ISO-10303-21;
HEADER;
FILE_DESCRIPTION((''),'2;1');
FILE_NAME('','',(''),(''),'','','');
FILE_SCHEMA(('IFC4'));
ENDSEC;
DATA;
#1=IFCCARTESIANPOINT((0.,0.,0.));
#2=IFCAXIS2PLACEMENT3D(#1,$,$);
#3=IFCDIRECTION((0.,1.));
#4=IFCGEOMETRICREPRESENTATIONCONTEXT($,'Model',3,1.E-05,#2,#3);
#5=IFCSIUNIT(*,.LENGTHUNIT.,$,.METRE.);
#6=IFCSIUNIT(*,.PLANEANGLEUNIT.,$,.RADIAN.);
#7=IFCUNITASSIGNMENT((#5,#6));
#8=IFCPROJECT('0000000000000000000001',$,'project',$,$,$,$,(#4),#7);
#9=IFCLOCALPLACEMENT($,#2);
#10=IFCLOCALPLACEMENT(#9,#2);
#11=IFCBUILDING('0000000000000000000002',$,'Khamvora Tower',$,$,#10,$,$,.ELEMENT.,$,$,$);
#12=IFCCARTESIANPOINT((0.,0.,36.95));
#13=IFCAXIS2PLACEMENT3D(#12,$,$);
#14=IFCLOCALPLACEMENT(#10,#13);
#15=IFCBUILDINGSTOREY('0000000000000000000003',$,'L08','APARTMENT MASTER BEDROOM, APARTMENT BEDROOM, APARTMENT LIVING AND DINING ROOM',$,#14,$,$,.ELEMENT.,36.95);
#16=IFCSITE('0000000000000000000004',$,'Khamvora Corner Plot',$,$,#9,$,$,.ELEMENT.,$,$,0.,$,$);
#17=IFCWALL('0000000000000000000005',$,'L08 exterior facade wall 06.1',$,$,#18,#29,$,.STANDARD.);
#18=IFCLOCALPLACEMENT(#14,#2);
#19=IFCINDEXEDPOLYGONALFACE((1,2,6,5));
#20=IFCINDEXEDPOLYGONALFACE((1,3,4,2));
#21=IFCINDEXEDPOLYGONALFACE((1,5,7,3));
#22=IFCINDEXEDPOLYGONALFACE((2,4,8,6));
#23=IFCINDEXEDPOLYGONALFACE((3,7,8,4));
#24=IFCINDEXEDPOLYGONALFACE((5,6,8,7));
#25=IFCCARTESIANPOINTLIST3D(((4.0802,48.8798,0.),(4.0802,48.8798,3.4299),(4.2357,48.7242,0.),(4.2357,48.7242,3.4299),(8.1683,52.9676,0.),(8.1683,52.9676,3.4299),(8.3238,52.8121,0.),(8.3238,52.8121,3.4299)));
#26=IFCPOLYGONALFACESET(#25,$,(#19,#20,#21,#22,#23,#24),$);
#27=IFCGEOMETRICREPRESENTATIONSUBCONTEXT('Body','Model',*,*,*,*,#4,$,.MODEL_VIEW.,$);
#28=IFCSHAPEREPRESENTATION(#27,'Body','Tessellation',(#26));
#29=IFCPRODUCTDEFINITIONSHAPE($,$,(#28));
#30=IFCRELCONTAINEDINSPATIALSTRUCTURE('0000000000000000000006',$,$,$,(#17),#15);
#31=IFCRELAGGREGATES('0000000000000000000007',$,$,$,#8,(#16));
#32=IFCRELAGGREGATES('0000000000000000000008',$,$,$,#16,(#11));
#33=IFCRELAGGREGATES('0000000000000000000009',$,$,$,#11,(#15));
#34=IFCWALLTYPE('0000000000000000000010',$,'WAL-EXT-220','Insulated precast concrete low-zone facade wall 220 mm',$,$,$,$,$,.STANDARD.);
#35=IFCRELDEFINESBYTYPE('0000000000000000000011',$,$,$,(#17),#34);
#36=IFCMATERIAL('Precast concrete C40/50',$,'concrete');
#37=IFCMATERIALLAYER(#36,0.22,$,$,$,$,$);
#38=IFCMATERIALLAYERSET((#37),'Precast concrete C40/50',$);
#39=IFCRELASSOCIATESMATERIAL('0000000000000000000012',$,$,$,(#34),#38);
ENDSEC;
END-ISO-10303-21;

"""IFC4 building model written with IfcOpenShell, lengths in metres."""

from ifc_helpers import new_model, si_unit, direction, frame, frame_2d, origin, place, context, subcontext, project, spatial, rectangle, extrude, material, layer, layer_set, type_object, element, save


model = new_model("IFC4")

# Units and contexts
model_context = context("Model", 3, precision=1e-05, world=origin(), true_north=direction((0.0, 1.0)))
body_context = subcontext(model_context, "Body", "Model", "MODEL_VIEW")
ifc_project = project(units=[si_unit("LENGTHUNIT", "METRE"), si_unit("PLANEANGLEUNIT", "RADIAN")], contexts=[model_context])

# Site, building, storey
site_placement = place(None, origin())
site = spatial("IfcSite", under=ifc_project, at=site_placement, Name="Khamvora Corner Plot", CompositionType="ELEMENT", RefElevation=0.0)
building_placement = place(site_placement, origin())
building = spatial("IfcBuilding", under=site, at=building_placement, Name="Khamvora Tower", CompositionType="ELEMENT")
storey_placement = place(building_placement, frame((0.0, 0.0, 36.95)))
storey = spatial("IfcBuildingStorey", under=building, at=storey_placement, Name="L08", Description="APARTMENT MASTER BEDROOM, APARTMENT BEDROOM, APARTMENT LIVING AND DINING ROOM", CompositionType="ELEMENT", Elevation=36.95)

# Wall
ifc_material_1 = material(Name="Precast concrete C40/50", Category="concrete")
ifc_layer_1 = layer(ifc_material_1, 0.22)
ifc_layer_set_1 = layer_set([ifc_layer_1], Name="Precast concrete C40/50")
wall_type_1 = type_object("IfcWallType", Name="WAL-EXT-220", Description="Insulated precast concrete low-zone facade wall 220 mm", PredefinedType="STANDARD", material=ifc_layer_set_1)
wall_1_placement = place(storey_placement, frame((4.158, 48.802, 0.0), z_axis=(0.0, 0.0, 1.0), x_axis=(0.707128, 0.707086, 0.0)))
element("IfcWall", 1, at=wall_1_placement, inside=storey, type_object=wall_type_1, Name="L08 exterior facade wall 06.1", PredefinedType="STANDARD", context=body_context, shape_type="SweptSolid", body=[
    extrude(rectangle(XDim=5.7812, YDim=0.22, at=frame_2d((2.8906, 0.0))), origin(), (0.0, 0.0, 1.0), 3.4299),
])

save(model, "model.ifc")
